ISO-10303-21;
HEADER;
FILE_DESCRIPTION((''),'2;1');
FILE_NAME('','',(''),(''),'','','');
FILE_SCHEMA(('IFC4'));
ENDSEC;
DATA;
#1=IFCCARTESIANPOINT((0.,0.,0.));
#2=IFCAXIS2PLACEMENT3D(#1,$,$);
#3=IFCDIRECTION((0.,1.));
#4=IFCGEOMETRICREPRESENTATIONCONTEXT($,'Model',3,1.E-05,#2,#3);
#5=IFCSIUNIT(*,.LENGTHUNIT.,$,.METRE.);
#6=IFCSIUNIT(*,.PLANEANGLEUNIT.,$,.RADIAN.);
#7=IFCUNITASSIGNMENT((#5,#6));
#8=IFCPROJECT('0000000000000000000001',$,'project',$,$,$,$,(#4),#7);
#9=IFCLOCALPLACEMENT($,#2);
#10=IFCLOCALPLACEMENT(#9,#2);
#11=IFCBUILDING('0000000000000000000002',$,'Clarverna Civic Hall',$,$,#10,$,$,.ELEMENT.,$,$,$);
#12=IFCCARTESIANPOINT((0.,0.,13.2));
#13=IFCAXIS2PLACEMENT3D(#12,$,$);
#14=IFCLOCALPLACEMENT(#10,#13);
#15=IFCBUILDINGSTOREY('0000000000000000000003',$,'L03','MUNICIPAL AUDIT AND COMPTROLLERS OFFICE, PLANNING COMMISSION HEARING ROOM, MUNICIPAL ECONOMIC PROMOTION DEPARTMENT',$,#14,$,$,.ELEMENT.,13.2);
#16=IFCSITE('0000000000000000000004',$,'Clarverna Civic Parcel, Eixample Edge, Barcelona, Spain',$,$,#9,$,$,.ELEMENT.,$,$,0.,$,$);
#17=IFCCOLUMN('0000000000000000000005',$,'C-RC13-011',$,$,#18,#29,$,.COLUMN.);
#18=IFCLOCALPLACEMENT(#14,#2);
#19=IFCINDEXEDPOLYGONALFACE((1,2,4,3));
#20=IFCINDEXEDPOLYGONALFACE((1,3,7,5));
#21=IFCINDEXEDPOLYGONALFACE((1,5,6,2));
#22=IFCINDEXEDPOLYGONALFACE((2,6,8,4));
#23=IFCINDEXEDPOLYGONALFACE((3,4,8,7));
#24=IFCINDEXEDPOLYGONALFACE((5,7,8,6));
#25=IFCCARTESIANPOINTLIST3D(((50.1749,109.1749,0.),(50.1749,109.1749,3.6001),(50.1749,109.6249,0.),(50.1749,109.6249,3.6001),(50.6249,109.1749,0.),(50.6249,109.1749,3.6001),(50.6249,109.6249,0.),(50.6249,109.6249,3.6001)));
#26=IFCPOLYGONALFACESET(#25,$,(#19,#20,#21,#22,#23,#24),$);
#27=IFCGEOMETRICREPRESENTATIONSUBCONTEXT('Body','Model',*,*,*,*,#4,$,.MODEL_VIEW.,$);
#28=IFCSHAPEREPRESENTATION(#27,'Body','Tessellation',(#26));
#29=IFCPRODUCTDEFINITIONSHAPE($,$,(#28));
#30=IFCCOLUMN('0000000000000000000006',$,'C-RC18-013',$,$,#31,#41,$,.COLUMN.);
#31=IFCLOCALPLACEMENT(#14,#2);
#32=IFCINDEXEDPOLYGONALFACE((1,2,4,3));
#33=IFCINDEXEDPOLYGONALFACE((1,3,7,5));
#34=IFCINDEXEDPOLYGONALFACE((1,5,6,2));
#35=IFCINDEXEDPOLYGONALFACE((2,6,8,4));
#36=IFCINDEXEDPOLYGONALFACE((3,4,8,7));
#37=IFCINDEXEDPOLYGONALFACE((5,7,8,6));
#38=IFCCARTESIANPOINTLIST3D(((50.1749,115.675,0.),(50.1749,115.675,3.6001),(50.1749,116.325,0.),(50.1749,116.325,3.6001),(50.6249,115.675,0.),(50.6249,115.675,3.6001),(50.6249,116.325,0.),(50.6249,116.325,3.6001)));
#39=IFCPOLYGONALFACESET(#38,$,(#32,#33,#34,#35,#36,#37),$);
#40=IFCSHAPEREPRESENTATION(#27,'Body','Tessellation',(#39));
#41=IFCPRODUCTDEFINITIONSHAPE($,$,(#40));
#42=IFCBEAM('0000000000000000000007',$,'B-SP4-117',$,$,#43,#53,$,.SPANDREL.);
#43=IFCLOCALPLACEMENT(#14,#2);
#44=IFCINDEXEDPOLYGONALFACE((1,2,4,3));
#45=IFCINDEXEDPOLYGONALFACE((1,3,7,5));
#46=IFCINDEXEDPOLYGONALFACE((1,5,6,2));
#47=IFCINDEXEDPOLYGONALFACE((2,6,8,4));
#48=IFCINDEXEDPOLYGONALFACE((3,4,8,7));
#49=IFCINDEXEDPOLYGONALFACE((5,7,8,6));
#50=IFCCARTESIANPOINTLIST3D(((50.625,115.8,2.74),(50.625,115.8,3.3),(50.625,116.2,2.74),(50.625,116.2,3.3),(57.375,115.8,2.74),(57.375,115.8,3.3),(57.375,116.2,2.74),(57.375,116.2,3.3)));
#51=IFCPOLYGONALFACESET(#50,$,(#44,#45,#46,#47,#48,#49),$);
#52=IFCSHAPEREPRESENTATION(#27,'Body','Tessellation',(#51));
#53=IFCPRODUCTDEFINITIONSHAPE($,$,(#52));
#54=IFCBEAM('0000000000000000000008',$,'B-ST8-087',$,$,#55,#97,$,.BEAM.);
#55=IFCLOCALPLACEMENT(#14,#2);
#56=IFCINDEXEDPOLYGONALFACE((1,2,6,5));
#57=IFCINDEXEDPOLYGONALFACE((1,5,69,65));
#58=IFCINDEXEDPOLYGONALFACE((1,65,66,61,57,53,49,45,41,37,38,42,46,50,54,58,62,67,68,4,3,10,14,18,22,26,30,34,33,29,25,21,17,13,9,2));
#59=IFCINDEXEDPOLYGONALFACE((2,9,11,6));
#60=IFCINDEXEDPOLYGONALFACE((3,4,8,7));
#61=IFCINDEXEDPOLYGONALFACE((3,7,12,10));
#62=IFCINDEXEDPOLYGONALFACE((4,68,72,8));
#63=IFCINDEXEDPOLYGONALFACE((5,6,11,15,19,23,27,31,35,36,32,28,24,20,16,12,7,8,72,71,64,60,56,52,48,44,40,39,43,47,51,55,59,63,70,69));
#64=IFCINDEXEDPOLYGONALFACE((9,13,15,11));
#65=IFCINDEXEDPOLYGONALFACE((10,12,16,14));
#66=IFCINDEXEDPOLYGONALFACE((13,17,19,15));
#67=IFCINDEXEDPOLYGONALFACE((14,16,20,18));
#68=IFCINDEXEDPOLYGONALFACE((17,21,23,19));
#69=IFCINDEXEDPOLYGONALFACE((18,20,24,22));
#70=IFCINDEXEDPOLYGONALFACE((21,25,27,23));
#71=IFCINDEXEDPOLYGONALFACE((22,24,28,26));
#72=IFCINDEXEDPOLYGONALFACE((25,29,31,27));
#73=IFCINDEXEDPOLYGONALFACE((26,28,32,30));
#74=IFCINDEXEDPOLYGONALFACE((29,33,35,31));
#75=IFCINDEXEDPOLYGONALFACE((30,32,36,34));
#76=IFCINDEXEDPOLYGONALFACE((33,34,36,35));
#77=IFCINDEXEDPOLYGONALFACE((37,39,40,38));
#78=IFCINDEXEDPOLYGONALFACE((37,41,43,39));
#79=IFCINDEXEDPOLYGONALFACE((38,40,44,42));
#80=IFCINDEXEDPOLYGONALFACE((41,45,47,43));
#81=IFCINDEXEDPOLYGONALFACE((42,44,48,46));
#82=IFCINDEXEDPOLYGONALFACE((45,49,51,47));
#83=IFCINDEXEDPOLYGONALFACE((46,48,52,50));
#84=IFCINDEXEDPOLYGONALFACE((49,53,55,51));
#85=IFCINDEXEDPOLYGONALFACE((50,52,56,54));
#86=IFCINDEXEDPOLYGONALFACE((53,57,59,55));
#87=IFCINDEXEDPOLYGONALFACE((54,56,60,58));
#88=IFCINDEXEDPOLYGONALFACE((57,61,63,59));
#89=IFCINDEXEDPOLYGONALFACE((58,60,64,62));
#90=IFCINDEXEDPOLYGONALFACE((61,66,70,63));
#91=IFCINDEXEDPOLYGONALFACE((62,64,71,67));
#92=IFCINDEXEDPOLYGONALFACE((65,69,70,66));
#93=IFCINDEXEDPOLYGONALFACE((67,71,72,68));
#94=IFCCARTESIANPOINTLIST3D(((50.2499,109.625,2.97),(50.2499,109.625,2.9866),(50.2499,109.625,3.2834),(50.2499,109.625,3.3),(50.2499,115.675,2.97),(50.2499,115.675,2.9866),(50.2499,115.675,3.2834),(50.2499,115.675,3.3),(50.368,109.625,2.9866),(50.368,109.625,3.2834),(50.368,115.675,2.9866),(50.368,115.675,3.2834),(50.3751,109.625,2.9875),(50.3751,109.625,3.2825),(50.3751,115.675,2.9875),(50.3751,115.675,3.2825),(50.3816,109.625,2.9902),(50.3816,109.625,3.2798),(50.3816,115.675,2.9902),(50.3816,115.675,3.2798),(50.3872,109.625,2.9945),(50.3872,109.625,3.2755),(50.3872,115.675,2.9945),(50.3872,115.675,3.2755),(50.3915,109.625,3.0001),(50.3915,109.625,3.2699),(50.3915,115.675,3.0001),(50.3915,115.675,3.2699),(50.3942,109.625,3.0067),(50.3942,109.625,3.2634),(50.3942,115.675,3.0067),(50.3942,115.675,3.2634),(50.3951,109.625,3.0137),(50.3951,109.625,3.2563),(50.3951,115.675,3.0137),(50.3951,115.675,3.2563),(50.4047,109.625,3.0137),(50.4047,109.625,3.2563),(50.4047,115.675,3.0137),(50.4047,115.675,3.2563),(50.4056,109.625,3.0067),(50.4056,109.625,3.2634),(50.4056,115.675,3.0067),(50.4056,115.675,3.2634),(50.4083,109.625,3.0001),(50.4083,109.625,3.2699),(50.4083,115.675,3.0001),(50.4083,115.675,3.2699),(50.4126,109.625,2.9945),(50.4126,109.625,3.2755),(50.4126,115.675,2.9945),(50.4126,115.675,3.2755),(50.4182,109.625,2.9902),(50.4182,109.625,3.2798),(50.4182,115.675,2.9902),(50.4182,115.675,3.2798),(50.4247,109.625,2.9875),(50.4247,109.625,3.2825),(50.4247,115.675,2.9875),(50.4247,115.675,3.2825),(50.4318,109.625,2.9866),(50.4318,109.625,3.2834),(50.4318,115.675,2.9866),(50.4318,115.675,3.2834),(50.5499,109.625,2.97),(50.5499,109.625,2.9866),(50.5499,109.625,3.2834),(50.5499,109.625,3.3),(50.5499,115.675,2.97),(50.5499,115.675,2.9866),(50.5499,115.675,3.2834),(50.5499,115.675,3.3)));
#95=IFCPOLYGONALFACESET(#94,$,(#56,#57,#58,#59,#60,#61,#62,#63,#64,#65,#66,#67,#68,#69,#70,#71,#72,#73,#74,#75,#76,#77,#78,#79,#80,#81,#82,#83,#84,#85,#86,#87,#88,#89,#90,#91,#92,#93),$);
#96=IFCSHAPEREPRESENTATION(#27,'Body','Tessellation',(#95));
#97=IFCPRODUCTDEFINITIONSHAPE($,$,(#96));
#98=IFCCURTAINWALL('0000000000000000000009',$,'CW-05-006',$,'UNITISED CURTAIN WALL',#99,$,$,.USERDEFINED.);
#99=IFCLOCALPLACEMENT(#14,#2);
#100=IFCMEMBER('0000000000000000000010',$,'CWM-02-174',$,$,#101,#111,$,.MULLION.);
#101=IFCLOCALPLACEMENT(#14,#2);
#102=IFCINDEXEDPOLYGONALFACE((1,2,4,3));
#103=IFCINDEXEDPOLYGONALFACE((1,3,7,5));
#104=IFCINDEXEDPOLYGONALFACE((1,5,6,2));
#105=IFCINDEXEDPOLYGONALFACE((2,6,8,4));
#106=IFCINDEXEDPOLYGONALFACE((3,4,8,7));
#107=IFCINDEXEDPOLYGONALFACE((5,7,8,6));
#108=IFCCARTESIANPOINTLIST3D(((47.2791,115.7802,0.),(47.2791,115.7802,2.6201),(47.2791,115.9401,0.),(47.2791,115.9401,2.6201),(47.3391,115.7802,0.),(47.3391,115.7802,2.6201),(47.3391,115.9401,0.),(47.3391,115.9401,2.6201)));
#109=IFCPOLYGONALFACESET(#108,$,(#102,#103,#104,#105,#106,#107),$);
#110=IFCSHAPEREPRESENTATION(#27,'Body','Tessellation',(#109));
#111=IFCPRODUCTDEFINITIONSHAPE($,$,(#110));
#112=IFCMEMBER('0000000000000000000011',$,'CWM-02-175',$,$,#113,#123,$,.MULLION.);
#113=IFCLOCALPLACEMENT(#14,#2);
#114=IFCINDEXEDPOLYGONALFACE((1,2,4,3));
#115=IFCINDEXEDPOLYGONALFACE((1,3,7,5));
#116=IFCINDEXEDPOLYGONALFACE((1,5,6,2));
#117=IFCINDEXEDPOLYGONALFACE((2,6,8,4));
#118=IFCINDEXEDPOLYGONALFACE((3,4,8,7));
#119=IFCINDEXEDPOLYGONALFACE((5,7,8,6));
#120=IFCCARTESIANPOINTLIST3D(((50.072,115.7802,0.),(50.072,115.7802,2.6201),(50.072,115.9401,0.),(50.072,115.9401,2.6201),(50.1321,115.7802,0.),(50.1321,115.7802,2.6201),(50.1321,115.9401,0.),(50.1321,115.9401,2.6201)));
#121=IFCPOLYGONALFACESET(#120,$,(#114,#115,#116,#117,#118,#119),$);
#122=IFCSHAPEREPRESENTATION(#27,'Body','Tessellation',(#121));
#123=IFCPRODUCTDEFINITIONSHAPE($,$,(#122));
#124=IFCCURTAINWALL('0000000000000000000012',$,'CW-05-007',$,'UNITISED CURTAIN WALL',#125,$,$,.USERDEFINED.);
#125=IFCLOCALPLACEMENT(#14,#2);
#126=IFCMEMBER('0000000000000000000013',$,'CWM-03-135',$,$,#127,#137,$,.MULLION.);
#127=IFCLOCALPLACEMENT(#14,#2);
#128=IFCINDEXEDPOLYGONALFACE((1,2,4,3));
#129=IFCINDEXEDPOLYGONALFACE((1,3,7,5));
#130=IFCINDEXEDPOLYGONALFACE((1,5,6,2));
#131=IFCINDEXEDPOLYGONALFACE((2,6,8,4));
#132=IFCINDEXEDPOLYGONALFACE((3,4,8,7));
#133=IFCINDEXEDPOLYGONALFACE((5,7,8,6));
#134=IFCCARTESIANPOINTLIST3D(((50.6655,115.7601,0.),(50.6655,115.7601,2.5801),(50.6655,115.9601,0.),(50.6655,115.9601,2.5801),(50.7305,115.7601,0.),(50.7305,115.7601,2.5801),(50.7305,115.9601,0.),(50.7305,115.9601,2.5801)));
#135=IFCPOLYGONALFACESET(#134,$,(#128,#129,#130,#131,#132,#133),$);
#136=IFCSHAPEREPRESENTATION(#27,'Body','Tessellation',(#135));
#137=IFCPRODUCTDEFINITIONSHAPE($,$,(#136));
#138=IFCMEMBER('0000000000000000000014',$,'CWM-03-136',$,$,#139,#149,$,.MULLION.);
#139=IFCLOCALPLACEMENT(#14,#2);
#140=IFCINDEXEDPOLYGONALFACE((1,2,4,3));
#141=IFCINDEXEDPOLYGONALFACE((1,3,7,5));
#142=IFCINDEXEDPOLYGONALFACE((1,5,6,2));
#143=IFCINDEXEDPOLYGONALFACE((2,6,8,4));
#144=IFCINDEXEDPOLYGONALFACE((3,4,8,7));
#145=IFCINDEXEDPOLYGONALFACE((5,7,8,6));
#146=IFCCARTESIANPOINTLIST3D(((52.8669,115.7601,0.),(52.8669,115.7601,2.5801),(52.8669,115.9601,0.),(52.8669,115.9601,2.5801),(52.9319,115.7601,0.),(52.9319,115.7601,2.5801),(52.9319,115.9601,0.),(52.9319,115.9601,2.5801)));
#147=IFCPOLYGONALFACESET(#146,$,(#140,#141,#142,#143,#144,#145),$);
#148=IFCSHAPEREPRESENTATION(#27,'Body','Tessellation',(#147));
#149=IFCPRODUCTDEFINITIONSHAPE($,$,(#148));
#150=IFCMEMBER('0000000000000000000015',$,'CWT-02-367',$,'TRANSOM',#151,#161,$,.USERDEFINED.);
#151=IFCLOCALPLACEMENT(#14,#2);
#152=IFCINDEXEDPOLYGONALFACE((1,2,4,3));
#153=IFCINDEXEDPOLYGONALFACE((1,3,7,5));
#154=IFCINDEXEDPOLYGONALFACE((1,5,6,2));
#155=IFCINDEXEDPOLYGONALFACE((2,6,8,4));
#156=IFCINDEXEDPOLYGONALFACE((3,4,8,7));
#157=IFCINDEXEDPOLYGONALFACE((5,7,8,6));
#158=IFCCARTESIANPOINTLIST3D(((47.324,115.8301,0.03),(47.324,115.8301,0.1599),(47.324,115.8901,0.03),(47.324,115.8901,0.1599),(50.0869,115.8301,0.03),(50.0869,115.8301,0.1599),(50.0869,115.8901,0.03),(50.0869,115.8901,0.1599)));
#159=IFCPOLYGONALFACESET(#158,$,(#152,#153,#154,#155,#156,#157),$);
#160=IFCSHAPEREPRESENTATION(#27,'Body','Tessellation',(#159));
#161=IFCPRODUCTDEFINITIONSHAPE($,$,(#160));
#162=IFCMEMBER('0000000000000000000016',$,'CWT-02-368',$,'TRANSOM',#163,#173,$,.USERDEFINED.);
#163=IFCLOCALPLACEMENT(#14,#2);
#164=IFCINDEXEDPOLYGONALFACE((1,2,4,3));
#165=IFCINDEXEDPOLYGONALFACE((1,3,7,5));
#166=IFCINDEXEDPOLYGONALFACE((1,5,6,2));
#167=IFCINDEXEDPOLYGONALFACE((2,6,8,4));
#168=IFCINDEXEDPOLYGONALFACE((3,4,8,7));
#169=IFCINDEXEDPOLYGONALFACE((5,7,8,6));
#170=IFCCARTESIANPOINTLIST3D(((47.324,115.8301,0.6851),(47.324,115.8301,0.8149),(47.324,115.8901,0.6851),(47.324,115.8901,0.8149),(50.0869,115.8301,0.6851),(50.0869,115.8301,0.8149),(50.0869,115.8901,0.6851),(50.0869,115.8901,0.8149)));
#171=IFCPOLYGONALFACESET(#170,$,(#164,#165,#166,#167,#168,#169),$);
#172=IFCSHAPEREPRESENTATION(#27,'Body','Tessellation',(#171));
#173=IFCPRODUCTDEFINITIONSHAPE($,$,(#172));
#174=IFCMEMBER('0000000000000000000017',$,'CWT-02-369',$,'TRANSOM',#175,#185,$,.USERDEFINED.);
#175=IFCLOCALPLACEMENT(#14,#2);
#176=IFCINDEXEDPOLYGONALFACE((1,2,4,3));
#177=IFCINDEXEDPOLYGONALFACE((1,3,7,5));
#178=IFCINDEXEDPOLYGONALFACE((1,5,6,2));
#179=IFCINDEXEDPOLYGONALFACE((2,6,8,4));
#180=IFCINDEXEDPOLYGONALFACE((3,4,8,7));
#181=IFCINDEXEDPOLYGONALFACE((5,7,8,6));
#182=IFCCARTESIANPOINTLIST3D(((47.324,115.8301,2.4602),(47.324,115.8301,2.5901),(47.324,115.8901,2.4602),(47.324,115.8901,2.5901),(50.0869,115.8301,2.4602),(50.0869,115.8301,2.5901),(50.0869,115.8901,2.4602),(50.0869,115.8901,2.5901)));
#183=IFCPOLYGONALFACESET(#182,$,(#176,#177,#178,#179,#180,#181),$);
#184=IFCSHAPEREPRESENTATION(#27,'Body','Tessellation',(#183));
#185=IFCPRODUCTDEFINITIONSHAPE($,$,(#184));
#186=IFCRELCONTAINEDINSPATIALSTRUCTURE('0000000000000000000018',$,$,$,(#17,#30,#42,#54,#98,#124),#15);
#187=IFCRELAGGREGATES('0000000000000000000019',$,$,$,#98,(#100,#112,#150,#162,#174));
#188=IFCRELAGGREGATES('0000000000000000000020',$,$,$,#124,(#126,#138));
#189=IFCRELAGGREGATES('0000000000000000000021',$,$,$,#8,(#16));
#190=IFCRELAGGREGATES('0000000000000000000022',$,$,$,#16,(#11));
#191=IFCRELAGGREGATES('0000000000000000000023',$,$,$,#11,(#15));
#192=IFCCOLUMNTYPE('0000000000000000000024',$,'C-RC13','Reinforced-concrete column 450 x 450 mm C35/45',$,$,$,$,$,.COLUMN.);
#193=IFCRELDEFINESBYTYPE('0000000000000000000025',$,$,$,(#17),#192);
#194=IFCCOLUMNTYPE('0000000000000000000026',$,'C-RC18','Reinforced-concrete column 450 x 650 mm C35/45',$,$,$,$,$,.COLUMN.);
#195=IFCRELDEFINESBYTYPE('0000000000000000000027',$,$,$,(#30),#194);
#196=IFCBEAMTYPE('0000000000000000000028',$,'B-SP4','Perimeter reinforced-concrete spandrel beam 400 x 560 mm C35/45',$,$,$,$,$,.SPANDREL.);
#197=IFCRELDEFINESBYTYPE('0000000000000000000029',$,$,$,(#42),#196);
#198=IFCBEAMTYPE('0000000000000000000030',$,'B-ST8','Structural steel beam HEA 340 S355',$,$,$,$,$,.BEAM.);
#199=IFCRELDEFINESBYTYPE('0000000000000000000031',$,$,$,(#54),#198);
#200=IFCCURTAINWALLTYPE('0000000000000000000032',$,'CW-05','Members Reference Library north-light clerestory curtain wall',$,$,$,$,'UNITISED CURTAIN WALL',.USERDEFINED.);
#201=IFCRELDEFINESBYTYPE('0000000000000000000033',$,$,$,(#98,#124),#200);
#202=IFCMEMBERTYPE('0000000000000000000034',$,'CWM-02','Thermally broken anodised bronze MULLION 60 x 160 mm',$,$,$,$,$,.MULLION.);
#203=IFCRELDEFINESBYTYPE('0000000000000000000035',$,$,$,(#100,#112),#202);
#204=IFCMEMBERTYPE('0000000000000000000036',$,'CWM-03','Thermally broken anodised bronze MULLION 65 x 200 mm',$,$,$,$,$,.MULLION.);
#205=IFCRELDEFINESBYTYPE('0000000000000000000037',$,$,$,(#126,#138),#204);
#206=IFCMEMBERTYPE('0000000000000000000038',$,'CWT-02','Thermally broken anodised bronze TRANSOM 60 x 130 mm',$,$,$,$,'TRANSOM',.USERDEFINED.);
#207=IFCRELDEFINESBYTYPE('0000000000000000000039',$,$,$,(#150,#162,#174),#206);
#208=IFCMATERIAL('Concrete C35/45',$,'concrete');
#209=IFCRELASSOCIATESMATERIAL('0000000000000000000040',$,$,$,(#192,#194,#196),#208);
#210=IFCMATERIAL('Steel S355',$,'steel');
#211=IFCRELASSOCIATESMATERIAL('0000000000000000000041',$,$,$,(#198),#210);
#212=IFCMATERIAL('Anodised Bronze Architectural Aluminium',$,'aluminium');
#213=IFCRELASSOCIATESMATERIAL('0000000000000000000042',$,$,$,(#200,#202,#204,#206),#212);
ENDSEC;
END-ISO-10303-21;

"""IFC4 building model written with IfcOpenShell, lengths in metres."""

from ifc_helpers import new_model, si_unit, direction, frame, origin, origin_2d, place, context, subcontext, project, spatial, rectangle, i_section, extrude, material, material_profile, profile_set, type_object, element, aggregate, save


model = new_model("IFC4")

# Units and contexts
model_context = context("Model", 3, precision=1e-05, world=origin(), true_north=direction((0.0, 1.0)))
body_context = subcontext(model_context, "Body", "Model", "MODEL_VIEW")
ifc_project = project(units=[si_unit("LENGTHUNIT", "METRE"), si_unit("PLANEANGLEUNIT", "RADIAN")], contexts=[model_context])

# Site, building, storey
site_placement = place(None, origin())
site = spatial("IfcSite", under=ifc_project, at=site_placement, Name="Clarverna Civic Parcel, Eixample Edge, Barcelona, Spain", CompositionType="ELEMENT", RefElevation=0.0)
building_placement = place(site_placement, origin())
building = spatial("IfcBuilding", under=site, at=building_placement, Name="Clarverna Civic Hall", CompositionType="ELEMENT")
storey_placement = place(building_placement, frame((0.0, 0.0, 13.2)))
storey = spatial("IfcBuildingStorey", under=building, at=storey_placement, Name="L03", Description="MUNICIPAL AUDIT AND COMPTROLLERS OFFICE, PLANNING COMMISSION HEARING ROOM, MUNICIPAL ECONOMIC PROMOTION DEPARTMENT", CompositionType="ELEMENT", Elevation=13.2)

# Columns
ifc_material_1 = material(Name="Concrete C35/45", Category="concrete")
ifc_material_profile_1 = material_profile(ifc_material_1, rectangle(XDim=0.45, YDim=0.45, at=origin_2d()), Name="RC 450x450")
ifc_profile_set_1 = profile_set([ifc_material_profile_1], Name="Concrete C35/45")
column_type_1 = type_object("IfcColumnType", Name="C-RC13", Description="Reinforced-concrete column 450 x 450 mm C35/45", PredefinedType="COLUMN", material=ifc_profile_set_1)
column_1_placement = place(storey_placement, frame((50.3999, 109.3999, 0.0), z_axis=(0.0, 0.0, 1.0), x_axis=(1.0, 0.0, 0.0)))
element("IfcColumn", 1, at=column_1_placement, inside=storey, type_object=column_type_1, Name="C-RC13-011", PredefinedType="COLUMN", context=body_context, shape_type="SweptSolid", body=[
    extrude(rectangle(XDim=0.45, YDim=0.45, at=origin_2d()), origin(), (0.0, 0.0, 1.0), 3.6001),
])
ifc_material_profile_2 = material_profile(ifc_material_1, rectangle(XDim=0.45, YDim=0.6499, at=origin_2d()), Name="RC 450x650")
ifc_profile_set_2 = profile_set([ifc_material_profile_2], Name="Concrete C35/45")
column_type_2 = type_object("IfcColumnType", Name="C-RC18", Description="Reinforced-concrete column 450 x 650 mm C35/45", PredefinedType="COLUMN", material=ifc_profile_set_2)
column_2_placement = place(storey_placement, frame((50.3999, 116.0, 0.0), z_axis=(0.0, 0.0, 1.0), x_axis=(1.0, 0.0, 0.0)))
element("IfcColumn", 2, at=column_2_placement, inside=storey, type_object=column_type_2, Name="C-RC18-013", PredefinedType="COLUMN", context=body_context, shape_type="SweptSolid", body=[
    extrude(rectangle(XDim=0.45, YDim=0.6499, at=origin_2d()), origin(), (0.0, 0.0, 1.0), 3.6001),
])

# Beams
ifc_material_profile_3 = material_profile(ifc_material_1, rectangle(XDim=0.3999, YDim=0.5601, at=origin_2d()), Name="RC 400x560")
ifc_profile_set_3 = profile_set([ifc_material_profile_3], Name="Concrete C35/45")
beam_type_1 = type_object("IfcBeamType", Name="B-SP4", Description="Perimeter reinforced-concrete spandrel beam 400 x 560 mm C35/45", PredefinedType="SPANDREL", material=ifc_profile_set_3)
beam_1_placement = place(storey_placement, frame((50.625, 116.0, 3.02), z_axis=(1.0, 0.0, 0.0), x_axis=(0.0, 1.0, 0.0)))
element("IfcBeam", 3, at=beam_1_placement, inside=storey, type_object=beam_type_1, Name="B-SP4-117", PredefinedType="SPANDREL", context=body_context, shape_type="SweptSolid", body=[
    extrude(rectangle(XDim=0.3999, YDim=0.5601, at=origin_2d()), origin(), (0.0, 0.0, 1.0), 6.75),
])
ifc_material_2 = material(Name="Steel S355", Category="steel")
ifc_material_profile_4 = material_profile(ifc_material_2, i_section(OverallWidth=0.3, OverallDepth=0.3301, WebThickness=0.0095, FlangeThickness=0.0166, FilletRadius=0.0271, at=origin_2d()), Name="HEA 340")
ifc_profile_set_4 = profile_set([ifc_material_profile_4], Name="Steel S355")
beam_type_2 = type_object("IfcBeamType", Name="B-ST8", Description="Structural steel beam HEA 340 S355", PredefinedType="BEAM", material=ifc_profile_set_4)
beam_2_placement = place(storey_placement, frame((50.3999, 109.625, 3.135), z_axis=(0.0, 1.0, 0.0), x_axis=(-1.0, 0.0, 0.0)))
element("IfcBeam", 4, at=beam_2_placement, inside=storey, type_object=beam_type_2, Name="B-ST8-087", PredefinedType="BEAM", context=body_context, shape_type="SweptSolid", body=[
    extrude(i_section(OverallWidth=0.3, OverallDepth=0.3301, WebThickness=0.0095, FlangeThickness=0.0166, FilletRadius=0.0271, at=origin_2d()), origin(), (0.0, 0.0, 1.0), 6.05),
])

# Curtain walls, members
ifc_material_3 = material(Name="Anodised Bronze Architectural Aluminium", Category="aluminium")
curtain_wall_type = type_object("IfcCurtainWallType", Name="CW-05", Description="Members Reference Library north-light clerestory curtain wall", ElementType="UNITISED CURTAIN WALL", PredefinedType="USERDEFINED", material=ifc_material_3)
curtain_wall_1_placement = place(storey_placement, origin())
curtain_wall_1 = element("IfcCurtainWall", 5, at=curtain_wall_1_placement, inside=storey, type_object=curtain_wall_type, Name="CW-05-006", ObjectType="UNITISED CURTAIN WALL", PredefinedType="USERDEFINED")
ifc_material_profile_5 = material_profile(ifc_material_3, rectangle(XDim=0.0601, YDim=0.1599, at=origin_2d()), Name="BRONZE 60x160")
ifc_profile_set_5 = profile_set([ifc_material_profile_5], Name="Anodised Bronze Architectural Aluminium")
member_type_1 = type_object("IfcMemberType", Name="CWM-02", Description="Thermally broken anodised bronze MULLION 60 x 160 mm", PredefinedType="MULLION", material=ifc_profile_set_5)
member_1_placement = place(storey_placement, frame((47.3091, 115.8601, 0.0), z_axis=(0.0, 0.0, 1.0), x_axis=(1.0, 0.0, 0.0)))
member_1 = element("IfcMember", 6, at=member_1_placement, type_object=member_type_1, Name="CWM-02-174", PredefinedType="MULLION", context=body_context, shape_type="SweptSolid", body=[
    extrude(rectangle(XDim=0.0601, YDim=0.1599, at=origin_2d()), origin(), (0.0, 0.0, 1.0), 2.6201),
])
member_2_placement = place(storey_placement, frame((50.1021, 115.8601, 0.0), z_axis=(0.0, 0.0, 1.0), x_axis=(1.0, 0.0, 0.0)))
member_2 = element("IfcMember", 7, at=member_2_placement, type_object=member_type_1, Name="CWM-02-175", PredefinedType="MULLION", context=body_context, shape_type="SweptSolid", body=[
    extrude(rectangle(XDim=0.0601, YDim=0.1599, at=origin_2d()), origin(), (0.0, 0.0, 1.0), 2.6201),
])
curtain_wall_2_placement = place(storey_placement, origin())
curtain_wall_2 = element("IfcCurtainWall", 8, at=curtain_wall_2_placement, inside=storey, type_object=curtain_wall_type, Name="CW-05-007", ObjectType="UNITISED CURTAIN WALL", PredefinedType="USERDEFINED")
ifc_material_profile_6 = material_profile(ifc_material_3, rectangle(XDim=0.0649, YDim=0.2, at=origin_2d()), Name="BRONZE 65x200")
ifc_profile_set_6 = profile_set([ifc_material_profile_6], Name="Anodised Bronze Architectural Aluminium")
member_type_2 = type_object("IfcMemberType", Name="CWM-03", Description="Thermally broken anodised bronze MULLION 65 x 200 mm", PredefinedType="MULLION", material=ifc_profile_set_6)
member_3_placement = place(storey_placement, frame((50.698, 115.8601, 0.0), z_axis=(0.0, 0.0, 1.0), x_axis=(1.0, 0.0, 0.0)))
member_3 = element("IfcMember", 9, at=member_3_placement, type_object=member_type_2, Name="CWM-03-135", PredefinedType="MULLION", context=body_context, shape_type="SweptSolid", body=[
    extrude(rectangle(XDim=0.0649, YDim=0.2, at=origin_2d()), origin(), (0.0, 0.0, 1.0), 2.5801),
])
member_4_placement = place(storey_placement, frame((52.8994, 115.8601, 0.0), z_axis=(0.0, 0.0, 1.0), x_axis=(1.0, 0.0, 0.0)))
member_4 = element("IfcMember", 10, at=member_4_placement, type_object=member_type_2, Name="CWM-03-136", PredefinedType="MULLION", context=body_context, shape_type="SweptSolid", body=[
    extrude(rectangle(XDim=0.0649, YDim=0.2, at=origin_2d()), origin(), (0.0, 0.0, 1.0), 2.5801),
])

# Members
ifc_material_profile_7 = material_profile(ifc_material_3, rectangle(XDim=0.0601, YDim=0.1299, at=origin_2d()), Name="BRONZE 60x130")
ifc_profile_set_7 = profile_set([ifc_material_profile_7], Name="Anodised Bronze Architectural Aluminium")
member_type_3 = type_object("IfcMemberType", Name="CWT-02", Description="Thermally broken anodised bronze TRANSOM 60 x 130 mm", ElementType="TRANSOM", PredefinedType="USERDEFINED", material=ifc_profile_set_7)
member_5_placement = place(storey_placement, frame((47.324, 115.8601, 0.095), z_axis=(1.0, 0.0, 0.0), x_axis=(0.0, 1.0, 0.0)))
member_5 = element("IfcMember", 11, at=member_5_placement, type_object=member_type_3, Name="CWT-02-367", ObjectType="TRANSOM", PredefinedType="USERDEFINED", context=body_context, shape_type="SweptSolid", body=[
    extrude(rectangle(XDim=0.0601, YDim=0.1299, at=origin_2d()), origin(), (0.0, 0.0, 1.0), 2.7629),
])
member_6_placement = place(storey_placement, frame((47.324, 115.8601, 0.75), z_axis=(1.0, 0.0, 0.0), x_axis=(0.0, 1.0, 0.0)))
member_6 = element("IfcMember", 12, at=member_6_placement, type_object=member_type_3, Name="CWT-02-368", ObjectType="TRANSOM", PredefinedType="USERDEFINED", context=body_context, shape_type="SweptSolid", body=[
    extrude(rectangle(XDim=0.0601, YDim=0.1299, at=origin_2d()), origin(), (0.0, 0.0, 1.0), 2.7629),
])
member_7_placement = place(storey_placement, frame((47.324, 115.8601, 2.5251), z_axis=(1.0, 0.0, 0.0), x_axis=(0.0, 1.0, 0.0)))
member_7 = element("IfcMember", 13, at=member_7_placement, type_object=member_type_3, Name="CWT-02-369", ObjectType="TRANSOM", PredefinedType="USERDEFINED", context=body_context, shape_type="SweptSolid", body=[
    extrude(rectangle(XDim=0.0601, YDim=0.1299, at=origin_2d()), origin(), (0.0, 0.0, 1.0), 2.7629),
])

aggregate(curtain_wall_1, [member_1, member_2, member_5, member_6, member_7])
aggregate(curtain_wall_2, [member_3, member_4])

save(model, "model.ifc")
